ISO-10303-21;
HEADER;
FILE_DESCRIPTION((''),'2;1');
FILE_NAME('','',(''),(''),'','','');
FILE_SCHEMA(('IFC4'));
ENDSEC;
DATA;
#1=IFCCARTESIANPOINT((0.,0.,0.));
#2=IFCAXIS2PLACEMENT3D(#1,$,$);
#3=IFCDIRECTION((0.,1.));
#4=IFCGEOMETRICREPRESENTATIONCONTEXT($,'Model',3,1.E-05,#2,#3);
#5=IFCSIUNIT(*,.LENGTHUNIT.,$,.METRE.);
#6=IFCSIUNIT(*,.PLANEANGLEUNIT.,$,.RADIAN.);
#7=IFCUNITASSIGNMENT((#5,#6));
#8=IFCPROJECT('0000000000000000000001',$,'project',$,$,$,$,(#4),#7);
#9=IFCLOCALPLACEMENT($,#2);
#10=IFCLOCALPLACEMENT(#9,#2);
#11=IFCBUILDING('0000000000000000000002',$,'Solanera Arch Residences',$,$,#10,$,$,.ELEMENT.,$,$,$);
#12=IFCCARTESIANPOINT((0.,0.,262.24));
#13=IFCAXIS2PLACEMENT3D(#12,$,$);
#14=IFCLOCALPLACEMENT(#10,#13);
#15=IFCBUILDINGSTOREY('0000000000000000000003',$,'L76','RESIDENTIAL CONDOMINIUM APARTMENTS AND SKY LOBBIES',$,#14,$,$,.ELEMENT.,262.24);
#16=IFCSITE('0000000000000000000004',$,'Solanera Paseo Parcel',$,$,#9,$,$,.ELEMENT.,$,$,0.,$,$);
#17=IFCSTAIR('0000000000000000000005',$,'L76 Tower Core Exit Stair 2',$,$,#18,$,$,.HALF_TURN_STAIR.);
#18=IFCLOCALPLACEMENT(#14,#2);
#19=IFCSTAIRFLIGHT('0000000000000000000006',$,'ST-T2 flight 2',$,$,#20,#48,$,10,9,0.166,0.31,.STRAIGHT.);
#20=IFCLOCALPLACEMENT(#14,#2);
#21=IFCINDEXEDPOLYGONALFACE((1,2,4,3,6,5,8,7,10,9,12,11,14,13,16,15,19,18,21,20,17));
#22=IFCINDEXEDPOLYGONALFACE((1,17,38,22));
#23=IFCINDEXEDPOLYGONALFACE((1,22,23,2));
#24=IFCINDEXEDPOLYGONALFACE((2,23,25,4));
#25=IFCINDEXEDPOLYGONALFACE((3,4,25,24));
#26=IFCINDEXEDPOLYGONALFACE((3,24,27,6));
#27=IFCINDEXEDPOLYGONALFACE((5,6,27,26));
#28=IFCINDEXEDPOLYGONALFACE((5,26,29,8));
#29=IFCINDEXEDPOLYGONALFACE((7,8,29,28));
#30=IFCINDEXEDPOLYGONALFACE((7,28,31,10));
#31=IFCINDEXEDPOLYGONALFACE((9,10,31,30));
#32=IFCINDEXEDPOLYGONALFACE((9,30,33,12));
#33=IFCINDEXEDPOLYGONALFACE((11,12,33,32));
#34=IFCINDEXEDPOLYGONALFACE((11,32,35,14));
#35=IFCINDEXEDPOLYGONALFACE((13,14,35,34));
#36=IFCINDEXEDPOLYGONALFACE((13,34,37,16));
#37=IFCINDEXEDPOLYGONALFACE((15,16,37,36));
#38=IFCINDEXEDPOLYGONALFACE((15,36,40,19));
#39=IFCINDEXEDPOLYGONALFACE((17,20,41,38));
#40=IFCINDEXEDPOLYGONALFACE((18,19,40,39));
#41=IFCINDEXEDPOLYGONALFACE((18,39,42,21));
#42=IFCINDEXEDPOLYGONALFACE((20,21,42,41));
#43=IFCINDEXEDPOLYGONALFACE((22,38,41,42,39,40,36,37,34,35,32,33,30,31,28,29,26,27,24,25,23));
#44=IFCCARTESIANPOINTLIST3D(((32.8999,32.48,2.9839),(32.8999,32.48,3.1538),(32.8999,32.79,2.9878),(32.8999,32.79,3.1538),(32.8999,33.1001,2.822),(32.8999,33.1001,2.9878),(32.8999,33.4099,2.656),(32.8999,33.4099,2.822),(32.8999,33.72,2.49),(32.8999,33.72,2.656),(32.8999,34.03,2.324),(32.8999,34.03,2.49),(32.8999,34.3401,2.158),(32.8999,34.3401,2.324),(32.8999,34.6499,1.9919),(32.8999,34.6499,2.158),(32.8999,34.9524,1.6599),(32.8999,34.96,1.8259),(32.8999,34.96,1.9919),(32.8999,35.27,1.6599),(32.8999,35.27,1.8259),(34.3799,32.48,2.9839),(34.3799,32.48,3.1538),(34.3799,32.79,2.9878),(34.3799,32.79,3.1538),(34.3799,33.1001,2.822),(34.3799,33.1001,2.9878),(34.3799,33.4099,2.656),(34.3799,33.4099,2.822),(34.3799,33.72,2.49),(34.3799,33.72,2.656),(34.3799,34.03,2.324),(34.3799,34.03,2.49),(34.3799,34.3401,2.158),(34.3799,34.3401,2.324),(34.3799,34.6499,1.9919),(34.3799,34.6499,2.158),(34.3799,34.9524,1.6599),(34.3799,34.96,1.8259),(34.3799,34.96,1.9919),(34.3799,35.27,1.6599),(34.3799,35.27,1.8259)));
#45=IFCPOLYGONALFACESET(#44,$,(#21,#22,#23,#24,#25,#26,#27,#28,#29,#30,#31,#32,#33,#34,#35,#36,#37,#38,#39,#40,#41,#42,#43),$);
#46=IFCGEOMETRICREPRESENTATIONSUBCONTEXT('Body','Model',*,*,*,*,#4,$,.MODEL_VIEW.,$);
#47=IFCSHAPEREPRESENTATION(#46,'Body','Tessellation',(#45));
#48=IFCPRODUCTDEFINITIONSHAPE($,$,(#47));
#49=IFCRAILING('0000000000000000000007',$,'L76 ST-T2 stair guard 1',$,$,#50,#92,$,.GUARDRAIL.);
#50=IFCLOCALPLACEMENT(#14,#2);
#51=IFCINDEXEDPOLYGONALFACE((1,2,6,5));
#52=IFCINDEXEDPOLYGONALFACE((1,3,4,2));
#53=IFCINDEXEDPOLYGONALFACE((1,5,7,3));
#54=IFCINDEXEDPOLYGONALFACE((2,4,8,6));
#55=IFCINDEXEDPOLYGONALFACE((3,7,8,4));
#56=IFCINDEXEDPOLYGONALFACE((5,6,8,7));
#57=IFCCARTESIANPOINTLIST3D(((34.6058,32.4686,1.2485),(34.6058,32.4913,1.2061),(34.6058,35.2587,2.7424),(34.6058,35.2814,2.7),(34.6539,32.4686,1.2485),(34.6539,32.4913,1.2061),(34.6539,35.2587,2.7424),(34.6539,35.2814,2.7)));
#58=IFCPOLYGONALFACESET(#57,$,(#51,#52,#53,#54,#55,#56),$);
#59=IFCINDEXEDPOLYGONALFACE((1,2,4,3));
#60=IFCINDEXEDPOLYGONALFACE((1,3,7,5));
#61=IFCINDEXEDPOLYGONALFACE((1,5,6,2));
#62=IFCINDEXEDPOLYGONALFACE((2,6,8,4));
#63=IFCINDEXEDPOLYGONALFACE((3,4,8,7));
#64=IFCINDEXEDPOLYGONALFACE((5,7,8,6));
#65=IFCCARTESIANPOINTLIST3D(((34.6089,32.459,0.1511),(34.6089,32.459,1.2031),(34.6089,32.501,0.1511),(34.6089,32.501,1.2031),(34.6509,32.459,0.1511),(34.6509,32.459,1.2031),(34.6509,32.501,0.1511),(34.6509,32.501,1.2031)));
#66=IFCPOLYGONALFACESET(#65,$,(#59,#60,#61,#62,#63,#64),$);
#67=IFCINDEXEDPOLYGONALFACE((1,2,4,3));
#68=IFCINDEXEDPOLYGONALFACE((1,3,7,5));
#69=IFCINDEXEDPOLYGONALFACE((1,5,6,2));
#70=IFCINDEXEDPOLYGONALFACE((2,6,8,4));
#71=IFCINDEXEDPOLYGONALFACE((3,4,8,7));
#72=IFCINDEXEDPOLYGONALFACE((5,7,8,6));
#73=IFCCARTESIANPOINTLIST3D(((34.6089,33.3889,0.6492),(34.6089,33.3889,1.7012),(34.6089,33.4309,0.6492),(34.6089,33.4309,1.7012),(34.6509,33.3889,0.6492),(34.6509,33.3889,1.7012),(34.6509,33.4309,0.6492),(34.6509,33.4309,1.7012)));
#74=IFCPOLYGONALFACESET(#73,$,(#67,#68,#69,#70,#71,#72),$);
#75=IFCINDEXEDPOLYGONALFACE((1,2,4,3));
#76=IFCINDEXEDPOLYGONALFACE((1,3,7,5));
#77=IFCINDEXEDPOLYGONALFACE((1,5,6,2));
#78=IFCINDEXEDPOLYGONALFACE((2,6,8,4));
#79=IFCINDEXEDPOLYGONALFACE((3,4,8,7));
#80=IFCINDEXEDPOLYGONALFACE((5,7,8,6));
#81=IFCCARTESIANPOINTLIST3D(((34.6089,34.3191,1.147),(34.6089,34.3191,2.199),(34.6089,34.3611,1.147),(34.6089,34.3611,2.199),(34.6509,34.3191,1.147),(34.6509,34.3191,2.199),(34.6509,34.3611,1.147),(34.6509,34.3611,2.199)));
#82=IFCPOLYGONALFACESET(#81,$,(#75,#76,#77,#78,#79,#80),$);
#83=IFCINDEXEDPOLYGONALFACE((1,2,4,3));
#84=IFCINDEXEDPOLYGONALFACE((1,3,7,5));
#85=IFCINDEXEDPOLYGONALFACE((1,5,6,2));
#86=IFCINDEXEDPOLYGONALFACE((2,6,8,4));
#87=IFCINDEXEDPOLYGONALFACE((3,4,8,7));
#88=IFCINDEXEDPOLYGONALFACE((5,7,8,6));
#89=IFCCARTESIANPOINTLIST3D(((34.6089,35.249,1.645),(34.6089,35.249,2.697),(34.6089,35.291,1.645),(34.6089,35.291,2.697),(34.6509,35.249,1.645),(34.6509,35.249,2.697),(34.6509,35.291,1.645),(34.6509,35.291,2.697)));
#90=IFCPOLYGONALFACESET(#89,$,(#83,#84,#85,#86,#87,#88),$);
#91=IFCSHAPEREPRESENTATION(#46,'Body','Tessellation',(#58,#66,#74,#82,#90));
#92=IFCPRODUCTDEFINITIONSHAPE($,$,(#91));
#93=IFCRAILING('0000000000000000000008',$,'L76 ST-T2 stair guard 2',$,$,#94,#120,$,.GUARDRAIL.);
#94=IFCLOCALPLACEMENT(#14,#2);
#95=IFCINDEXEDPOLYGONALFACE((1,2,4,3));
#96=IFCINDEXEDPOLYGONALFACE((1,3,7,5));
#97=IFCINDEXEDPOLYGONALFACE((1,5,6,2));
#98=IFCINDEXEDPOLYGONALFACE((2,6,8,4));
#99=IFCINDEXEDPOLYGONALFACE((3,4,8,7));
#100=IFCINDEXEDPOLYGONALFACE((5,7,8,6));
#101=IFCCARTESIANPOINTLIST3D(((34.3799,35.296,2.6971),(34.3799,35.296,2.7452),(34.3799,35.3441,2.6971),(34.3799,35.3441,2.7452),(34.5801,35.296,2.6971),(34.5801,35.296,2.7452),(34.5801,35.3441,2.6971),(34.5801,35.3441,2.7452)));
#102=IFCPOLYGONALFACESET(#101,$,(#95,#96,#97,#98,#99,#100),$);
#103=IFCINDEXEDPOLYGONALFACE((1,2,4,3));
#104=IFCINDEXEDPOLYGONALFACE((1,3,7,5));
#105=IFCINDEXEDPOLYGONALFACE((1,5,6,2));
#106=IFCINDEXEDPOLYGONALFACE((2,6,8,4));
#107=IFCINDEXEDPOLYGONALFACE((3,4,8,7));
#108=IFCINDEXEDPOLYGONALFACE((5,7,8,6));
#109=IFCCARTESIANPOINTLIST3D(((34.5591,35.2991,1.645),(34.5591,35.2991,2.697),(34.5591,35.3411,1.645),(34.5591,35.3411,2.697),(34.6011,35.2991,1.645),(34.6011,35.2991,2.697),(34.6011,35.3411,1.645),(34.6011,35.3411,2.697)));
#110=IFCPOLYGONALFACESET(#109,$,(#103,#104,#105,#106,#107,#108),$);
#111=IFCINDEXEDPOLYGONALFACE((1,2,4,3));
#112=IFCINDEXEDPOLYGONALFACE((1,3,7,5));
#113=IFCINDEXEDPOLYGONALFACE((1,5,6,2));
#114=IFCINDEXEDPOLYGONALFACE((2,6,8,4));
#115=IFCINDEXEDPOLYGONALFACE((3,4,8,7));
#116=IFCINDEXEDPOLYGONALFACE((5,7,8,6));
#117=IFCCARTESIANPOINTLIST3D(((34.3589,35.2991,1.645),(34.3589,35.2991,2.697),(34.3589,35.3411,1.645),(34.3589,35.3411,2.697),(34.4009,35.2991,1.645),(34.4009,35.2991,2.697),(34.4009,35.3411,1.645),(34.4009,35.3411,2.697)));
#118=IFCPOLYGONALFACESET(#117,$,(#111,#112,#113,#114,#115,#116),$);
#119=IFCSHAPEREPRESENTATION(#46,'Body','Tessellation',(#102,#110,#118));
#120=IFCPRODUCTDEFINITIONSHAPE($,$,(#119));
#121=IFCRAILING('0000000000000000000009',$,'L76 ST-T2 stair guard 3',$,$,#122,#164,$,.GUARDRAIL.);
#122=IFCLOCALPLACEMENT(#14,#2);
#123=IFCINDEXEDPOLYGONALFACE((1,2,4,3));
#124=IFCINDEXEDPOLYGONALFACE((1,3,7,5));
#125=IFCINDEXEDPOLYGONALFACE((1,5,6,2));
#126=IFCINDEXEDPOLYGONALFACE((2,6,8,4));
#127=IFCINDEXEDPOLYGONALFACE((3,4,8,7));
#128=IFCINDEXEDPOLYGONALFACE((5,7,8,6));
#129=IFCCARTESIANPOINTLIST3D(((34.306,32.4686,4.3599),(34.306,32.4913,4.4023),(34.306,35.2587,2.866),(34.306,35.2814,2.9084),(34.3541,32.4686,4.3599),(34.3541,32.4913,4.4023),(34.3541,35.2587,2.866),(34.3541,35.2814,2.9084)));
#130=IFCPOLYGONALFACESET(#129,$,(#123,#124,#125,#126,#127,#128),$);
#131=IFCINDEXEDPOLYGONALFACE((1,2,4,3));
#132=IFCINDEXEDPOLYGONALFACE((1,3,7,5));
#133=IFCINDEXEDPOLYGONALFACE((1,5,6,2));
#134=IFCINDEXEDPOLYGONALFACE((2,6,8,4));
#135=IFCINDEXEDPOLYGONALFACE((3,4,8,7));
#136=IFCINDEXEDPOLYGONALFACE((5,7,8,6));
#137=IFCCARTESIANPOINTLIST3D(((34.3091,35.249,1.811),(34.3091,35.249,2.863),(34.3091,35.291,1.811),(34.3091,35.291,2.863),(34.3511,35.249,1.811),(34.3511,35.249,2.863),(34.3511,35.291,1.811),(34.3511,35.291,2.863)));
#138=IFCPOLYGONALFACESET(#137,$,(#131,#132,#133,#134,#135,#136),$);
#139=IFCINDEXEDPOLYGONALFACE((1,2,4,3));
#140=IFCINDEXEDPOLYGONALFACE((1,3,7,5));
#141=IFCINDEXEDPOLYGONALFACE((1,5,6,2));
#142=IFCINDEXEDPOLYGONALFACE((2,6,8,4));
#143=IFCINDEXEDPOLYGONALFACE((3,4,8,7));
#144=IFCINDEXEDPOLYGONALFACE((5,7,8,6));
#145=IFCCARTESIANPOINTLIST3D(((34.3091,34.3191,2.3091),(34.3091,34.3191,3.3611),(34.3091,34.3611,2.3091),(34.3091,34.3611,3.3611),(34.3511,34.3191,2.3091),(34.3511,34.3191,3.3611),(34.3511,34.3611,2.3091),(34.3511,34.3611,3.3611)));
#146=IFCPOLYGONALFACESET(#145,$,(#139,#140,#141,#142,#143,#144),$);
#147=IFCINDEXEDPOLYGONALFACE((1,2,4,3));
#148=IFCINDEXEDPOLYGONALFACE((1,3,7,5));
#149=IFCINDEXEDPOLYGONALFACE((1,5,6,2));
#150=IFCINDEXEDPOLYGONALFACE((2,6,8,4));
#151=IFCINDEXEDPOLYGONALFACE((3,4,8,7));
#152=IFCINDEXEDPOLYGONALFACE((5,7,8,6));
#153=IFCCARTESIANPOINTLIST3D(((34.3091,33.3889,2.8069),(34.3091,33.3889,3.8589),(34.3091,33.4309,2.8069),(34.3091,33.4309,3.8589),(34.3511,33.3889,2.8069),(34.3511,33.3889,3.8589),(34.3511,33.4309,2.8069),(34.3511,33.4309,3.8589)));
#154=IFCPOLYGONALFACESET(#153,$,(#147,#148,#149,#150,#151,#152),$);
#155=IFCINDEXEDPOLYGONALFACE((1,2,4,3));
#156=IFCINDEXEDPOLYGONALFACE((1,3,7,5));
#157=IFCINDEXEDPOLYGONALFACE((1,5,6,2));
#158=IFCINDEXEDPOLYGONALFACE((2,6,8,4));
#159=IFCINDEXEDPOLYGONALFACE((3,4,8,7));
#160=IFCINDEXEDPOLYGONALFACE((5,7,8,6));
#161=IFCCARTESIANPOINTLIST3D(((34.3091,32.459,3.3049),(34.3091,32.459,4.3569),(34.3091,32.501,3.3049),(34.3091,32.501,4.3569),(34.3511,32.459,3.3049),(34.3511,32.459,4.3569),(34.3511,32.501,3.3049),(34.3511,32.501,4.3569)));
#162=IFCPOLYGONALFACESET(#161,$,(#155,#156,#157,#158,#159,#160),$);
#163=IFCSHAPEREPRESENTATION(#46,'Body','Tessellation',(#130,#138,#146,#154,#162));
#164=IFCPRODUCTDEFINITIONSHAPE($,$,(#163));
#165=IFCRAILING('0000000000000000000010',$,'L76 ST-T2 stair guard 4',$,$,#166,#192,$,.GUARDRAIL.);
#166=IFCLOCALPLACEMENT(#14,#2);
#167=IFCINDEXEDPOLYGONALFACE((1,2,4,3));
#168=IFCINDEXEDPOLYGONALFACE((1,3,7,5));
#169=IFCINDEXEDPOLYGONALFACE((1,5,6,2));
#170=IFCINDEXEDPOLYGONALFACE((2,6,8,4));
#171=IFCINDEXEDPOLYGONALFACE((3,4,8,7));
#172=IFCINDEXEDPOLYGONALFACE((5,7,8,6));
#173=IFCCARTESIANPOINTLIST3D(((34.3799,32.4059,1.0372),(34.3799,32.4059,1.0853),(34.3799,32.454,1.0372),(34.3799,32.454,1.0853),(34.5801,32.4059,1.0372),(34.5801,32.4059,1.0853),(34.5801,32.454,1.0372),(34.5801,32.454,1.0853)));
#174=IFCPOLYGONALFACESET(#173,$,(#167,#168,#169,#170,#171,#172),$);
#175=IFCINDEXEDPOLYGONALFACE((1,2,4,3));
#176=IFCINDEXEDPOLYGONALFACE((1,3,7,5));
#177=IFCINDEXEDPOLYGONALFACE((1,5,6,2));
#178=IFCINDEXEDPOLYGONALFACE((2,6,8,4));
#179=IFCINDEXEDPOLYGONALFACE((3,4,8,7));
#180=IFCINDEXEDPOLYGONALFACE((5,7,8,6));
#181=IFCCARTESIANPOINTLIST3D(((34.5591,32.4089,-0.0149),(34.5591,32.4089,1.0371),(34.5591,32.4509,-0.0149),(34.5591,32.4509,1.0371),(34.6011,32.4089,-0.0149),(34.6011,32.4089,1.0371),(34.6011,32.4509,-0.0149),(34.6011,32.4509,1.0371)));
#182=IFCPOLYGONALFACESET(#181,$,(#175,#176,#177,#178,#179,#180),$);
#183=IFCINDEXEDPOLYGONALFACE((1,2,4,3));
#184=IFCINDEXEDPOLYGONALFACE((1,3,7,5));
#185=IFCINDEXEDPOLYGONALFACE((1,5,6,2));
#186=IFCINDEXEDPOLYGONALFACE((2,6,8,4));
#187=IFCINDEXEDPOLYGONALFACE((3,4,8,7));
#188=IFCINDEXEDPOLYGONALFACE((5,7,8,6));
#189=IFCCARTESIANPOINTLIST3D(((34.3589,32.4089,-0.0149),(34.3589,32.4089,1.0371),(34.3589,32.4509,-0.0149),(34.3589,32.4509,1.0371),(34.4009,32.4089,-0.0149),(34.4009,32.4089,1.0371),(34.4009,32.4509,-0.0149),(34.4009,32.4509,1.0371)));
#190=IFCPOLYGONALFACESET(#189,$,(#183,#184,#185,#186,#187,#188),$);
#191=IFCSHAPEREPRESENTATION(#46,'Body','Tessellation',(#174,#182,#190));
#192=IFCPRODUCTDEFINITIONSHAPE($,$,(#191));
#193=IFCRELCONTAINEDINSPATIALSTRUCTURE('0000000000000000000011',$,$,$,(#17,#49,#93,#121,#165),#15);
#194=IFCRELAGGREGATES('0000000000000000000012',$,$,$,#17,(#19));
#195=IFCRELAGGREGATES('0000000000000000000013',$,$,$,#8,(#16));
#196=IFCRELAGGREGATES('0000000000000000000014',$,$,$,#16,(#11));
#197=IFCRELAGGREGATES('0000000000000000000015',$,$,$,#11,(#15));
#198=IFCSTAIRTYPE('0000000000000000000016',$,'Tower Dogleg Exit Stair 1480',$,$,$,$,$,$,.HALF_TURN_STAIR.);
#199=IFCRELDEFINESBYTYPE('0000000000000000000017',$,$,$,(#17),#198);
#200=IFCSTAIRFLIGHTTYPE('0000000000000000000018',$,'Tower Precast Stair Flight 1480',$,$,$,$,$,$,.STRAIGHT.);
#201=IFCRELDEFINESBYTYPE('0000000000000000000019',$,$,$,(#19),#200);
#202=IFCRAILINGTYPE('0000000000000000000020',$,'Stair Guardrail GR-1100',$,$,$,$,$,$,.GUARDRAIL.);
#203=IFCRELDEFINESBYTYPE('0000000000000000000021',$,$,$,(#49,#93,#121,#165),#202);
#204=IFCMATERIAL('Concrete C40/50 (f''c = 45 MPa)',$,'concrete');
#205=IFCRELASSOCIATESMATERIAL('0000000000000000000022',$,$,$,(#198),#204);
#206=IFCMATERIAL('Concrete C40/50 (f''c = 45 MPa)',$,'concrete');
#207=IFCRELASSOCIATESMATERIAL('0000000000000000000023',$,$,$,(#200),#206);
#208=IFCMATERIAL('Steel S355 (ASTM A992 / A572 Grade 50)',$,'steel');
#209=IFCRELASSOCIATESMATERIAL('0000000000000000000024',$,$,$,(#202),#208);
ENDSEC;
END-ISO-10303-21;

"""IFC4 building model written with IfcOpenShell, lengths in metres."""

from ifc_helpers import new_model, si_unit, direction, frame, origin, origin_2d, place, context, subcontext, project, spatial, polyline, rectangle, outline, extrude, material, type_object, element, aggregate, save


model = new_model("IFC4")

# Units and contexts
model_context = context("Model", 3, precision=1e-05, world=origin(), true_north=direction((0.0, 1.0)))
body_context = subcontext(model_context, "Body", "Model", "MODEL_VIEW")
ifc_project = project(units=[si_unit("LENGTHUNIT", "METRE"), si_unit("PLANEANGLEUNIT", "RADIAN")], contexts=[model_context])

# Site, building, storey
site_placement = place(None, origin())
site = spatial("IfcSite", under=ifc_project, at=site_placement, Name="Solanera Paseo Parcel", CompositionType="ELEMENT", RefElevation=0.0)
building_placement = place(site_placement, origin())
building = spatial("IfcBuilding", under=site, at=building_placement, Name="Solanera Arch Residences", CompositionType="ELEMENT")
storey_placement = place(building_placement, frame((0.0, 0.0, 262.24)))
storey = spatial("IfcBuildingStorey", under=building, at=storey_placement, Name="L76", Description="RESIDENTIAL CONDOMINIUM APARTMENTS AND SKY LOBBIES", CompositionType="ELEMENT", Elevation=262.24)

# Stair, stair flight
ifc_material_1 = material(Name="Concrete C40/50 (f'c = 45 MPa)", Category="concrete")
stair_type = type_object("IfcStairType", Name="Tower Dogleg Exit Stair 1480", PredefinedType="HALF_TURN_STAIR", material=ifc_material_1)
stair_placement = place(storey_placement, origin())
stair = element("IfcStair", 1, at=stair_placement, inside=storey, type_object=stair_type, Name="L76 Tower Core Exit Stair 2", PredefinedType="HALF_TURN_STAIR")
ifc_material_2 = material(Name="Concrete C40/50 (f'c = 45 MPa)", Category="concrete")
stair_flight_type = type_object("IfcStairFlightType", Name="Tower Precast Stair Flight 1480", PredefinedType="STRAIGHT", material=ifc_material_2)
stair_flight_1_placement = place(storey_placement, frame((33.6399, 35.27, 1.6599), z_axis=(0.0, 0.0, 1.0), x_axis=(0.0, -1.0, 0.0)))
stair_flight_1 = element("IfcStairFlight", 2, at=stair_flight_1_placement, type_object=stair_flight_type, Name="ST-T2 flight 2", NumberOfRisers=10, NumberOfTreads=9, PredefinedType="STRAIGHT", RiserHeight=0.166, TreadLength=0.31, context=body_context, shape_type="SweptSolid", body=[
    extrude(outline(polyline([(0.0, 0.0), (0.0, 0.166), (0.3101, 0.166), (0.3101, 0.332), (0.6201, 0.332), (0.6201, 0.498), (0.9299, 0.498), (0.9299, 0.6641), (1.24, 0.6641), (1.24, 0.8301), (1.55, 0.8301), (1.55, 0.9961), (1.8601, 0.9961), (1.8601, 1.1621), (2.1699, 1.1621), (2.1699, 1.3279), (2.48, 1.3279), (2.48, 1.4939), (2.79, 1.4939), (2.79, 1.6599), (2.79, 1.324), (0.3176, 0.0), (0.0, 0.0)])), frame((0.0, 0.74, 0.0), z_axis=(0.0, -1.0, 0.0), x_axis=(1.0, 0.0, 0.0)), (0.0, 0.0, 1.0), 1.48),
])
aggregate(stair, [stair_flight_1])

# Railings
ifc_material_3 = material(Name="Steel S355 (ASTM A992 / A572 Grade 50)", Category="steel")
railing_type_1 = type_object("IfcRailingType", Name="Stair Guardrail GR-1100", PredefinedType="GUARDRAIL", material=ifc_material_3)
railing_1_placement = place(storey_placement, frame((34.6299, 32.48, 0.1511)))
element("IfcRailing", 3, at=railing_1_placement, inside=storey, type_object=railing_type_1, Name="L76 ST-T2 stair guard 1", PredefinedType="GUARDRAIL", context=body_context, shape_type="SweptSolid", body=[
    extrude(rectangle(XDim=0.0481, YDim=0.0481, at=origin_2d()), frame((0.0, 0.0, 1.0762), z_axis=(0.0, 0.881581, 0.472033), x_axis=(-1.0, 0.0, 0.0)), (0.0, 0.0, 1.0), 3.1648),
    extrude(rectangle(XDim=0.042, YDim=0.042, at=origin_2d()), origin(), (0.0, 0.0, 1.0), 1.052),
    extrude(rectangle(XDim=0.042, YDim=0.042, at=origin_2d()), frame((0.0, 0.9299, 0.498)), (0.0, 0.0, 1.0), 1.052),
    extrude(rectangle(XDim=0.042, YDim=0.042, at=origin_2d()), frame((0.0, 1.8601, 0.9958)), (0.0, 0.0, 1.0), 1.052),
    extrude(rectangle(XDim=0.042, YDim=0.042, at=origin_2d()), frame((0.0, 2.79, 1.4939)), (0.0, 0.0, 1.0), 1.052),
])
railing_2_placement = place(storey_placement, frame((34.5801, 35.3201, 1.645)))
element("IfcRailing", 4, at=railing_2_placement, inside=storey, type_object=railing_type_1, Name="L76 ST-T2 stair guard 2", PredefinedType="GUARDRAIL", context=body_context, shape_type="SweptSolid", body=[
    extrude(rectangle(XDim=0.0481, YDim=0.0481, at=origin_2d()), frame((0.0, 0.0, 1.0762), z_axis=(-1.0, 0.0, 0.0), x_axis=(0.0, -1.0, 0.0)), (0.0, 0.0, 1.0), 0.2002),
    extrude(rectangle(XDim=0.042, YDim=0.042, at=origin_2d()), origin(), (0.0, 0.0, 1.0), 1.052),
    extrude(rectangle(XDim=0.042, YDim=0.042, at=origin_2d()), frame((-0.2002, 0.0, 0.0)), (0.0, 0.0, 1.0), 1.052),
])
railing_3_placement = place(storey_placement, frame((34.3301, 35.27, 1.811)))
element("IfcRailing", 5, at=railing_3_placement, inside=storey, type_object=railing_type_1, Name="L76 ST-T2 stair guard 3", PredefinedType="GUARDRAIL", context=body_context, shape_type="SweptSolid", body=[
    extrude(rectangle(XDim=0.0481, YDim=0.0481, at=origin_2d()), frame((0.0, 0.0, 1.0762), z_axis=(0.0, -0.881581, 0.472033), x_axis=(1.0, 0.0, 0.0)), (0.0, 0.0, 1.0), 3.1648),
    extrude(rectangle(XDim=0.042, YDim=0.042, at=origin_2d()), origin(), (0.0, 0.0, 1.0), 1.052),
    extrude(rectangle(XDim=0.042, YDim=0.042, at=origin_2d()), frame((0.0, -0.9299, 0.498)), (0.0, 0.0, 1.0), 1.052),
    extrude(rectangle(XDim=0.042, YDim=0.042, at=origin_2d()), frame((0.0, -1.8601, 0.9958)), (0.0, 0.0, 1.0), 1.052),
    extrude(rectangle(XDim=0.042, YDim=0.042, at=origin_2d()), frame((0.0, -2.79, 1.4939)), (0.0, 0.0, 1.0), 1.052),
])
railing_4_placement = place(storey_placement, frame((34.5801, 32.4299, -0.0149)))
element("IfcRailing", 6, at=railing_4_placement, inside=storey, type_object=railing_type_1, Name="L76 ST-T2 stair guard 4", PredefinedType="GUARDRAIL", context=body_context, shape_type="SweptSolid", body=[
    extrude(rectangle(XDim=0.0481, YDim=0.0481, at=origin_2d()), frame((0.0, 0.0, 1.0762), z_axis=(-1.0, 0.0, 0.0), x_axis=(0.0, -1.0, 0.0)), (0.0, 0.0, 1.0), 0.2002),
    extrude(rectangle(XDim=0.042, YDim=0.042, at=origin_2d()), origin(), (0.0, 0.0, 1.0), 1.052),
    extrude(rectangle(XDim=0.042, YDim=0.042, at=origin_2d()), frame((-0.2002, 0.0, 0.0)), (0.0, 0.0, 1.0), 1.052),
])

save(model, "model.ifc")
